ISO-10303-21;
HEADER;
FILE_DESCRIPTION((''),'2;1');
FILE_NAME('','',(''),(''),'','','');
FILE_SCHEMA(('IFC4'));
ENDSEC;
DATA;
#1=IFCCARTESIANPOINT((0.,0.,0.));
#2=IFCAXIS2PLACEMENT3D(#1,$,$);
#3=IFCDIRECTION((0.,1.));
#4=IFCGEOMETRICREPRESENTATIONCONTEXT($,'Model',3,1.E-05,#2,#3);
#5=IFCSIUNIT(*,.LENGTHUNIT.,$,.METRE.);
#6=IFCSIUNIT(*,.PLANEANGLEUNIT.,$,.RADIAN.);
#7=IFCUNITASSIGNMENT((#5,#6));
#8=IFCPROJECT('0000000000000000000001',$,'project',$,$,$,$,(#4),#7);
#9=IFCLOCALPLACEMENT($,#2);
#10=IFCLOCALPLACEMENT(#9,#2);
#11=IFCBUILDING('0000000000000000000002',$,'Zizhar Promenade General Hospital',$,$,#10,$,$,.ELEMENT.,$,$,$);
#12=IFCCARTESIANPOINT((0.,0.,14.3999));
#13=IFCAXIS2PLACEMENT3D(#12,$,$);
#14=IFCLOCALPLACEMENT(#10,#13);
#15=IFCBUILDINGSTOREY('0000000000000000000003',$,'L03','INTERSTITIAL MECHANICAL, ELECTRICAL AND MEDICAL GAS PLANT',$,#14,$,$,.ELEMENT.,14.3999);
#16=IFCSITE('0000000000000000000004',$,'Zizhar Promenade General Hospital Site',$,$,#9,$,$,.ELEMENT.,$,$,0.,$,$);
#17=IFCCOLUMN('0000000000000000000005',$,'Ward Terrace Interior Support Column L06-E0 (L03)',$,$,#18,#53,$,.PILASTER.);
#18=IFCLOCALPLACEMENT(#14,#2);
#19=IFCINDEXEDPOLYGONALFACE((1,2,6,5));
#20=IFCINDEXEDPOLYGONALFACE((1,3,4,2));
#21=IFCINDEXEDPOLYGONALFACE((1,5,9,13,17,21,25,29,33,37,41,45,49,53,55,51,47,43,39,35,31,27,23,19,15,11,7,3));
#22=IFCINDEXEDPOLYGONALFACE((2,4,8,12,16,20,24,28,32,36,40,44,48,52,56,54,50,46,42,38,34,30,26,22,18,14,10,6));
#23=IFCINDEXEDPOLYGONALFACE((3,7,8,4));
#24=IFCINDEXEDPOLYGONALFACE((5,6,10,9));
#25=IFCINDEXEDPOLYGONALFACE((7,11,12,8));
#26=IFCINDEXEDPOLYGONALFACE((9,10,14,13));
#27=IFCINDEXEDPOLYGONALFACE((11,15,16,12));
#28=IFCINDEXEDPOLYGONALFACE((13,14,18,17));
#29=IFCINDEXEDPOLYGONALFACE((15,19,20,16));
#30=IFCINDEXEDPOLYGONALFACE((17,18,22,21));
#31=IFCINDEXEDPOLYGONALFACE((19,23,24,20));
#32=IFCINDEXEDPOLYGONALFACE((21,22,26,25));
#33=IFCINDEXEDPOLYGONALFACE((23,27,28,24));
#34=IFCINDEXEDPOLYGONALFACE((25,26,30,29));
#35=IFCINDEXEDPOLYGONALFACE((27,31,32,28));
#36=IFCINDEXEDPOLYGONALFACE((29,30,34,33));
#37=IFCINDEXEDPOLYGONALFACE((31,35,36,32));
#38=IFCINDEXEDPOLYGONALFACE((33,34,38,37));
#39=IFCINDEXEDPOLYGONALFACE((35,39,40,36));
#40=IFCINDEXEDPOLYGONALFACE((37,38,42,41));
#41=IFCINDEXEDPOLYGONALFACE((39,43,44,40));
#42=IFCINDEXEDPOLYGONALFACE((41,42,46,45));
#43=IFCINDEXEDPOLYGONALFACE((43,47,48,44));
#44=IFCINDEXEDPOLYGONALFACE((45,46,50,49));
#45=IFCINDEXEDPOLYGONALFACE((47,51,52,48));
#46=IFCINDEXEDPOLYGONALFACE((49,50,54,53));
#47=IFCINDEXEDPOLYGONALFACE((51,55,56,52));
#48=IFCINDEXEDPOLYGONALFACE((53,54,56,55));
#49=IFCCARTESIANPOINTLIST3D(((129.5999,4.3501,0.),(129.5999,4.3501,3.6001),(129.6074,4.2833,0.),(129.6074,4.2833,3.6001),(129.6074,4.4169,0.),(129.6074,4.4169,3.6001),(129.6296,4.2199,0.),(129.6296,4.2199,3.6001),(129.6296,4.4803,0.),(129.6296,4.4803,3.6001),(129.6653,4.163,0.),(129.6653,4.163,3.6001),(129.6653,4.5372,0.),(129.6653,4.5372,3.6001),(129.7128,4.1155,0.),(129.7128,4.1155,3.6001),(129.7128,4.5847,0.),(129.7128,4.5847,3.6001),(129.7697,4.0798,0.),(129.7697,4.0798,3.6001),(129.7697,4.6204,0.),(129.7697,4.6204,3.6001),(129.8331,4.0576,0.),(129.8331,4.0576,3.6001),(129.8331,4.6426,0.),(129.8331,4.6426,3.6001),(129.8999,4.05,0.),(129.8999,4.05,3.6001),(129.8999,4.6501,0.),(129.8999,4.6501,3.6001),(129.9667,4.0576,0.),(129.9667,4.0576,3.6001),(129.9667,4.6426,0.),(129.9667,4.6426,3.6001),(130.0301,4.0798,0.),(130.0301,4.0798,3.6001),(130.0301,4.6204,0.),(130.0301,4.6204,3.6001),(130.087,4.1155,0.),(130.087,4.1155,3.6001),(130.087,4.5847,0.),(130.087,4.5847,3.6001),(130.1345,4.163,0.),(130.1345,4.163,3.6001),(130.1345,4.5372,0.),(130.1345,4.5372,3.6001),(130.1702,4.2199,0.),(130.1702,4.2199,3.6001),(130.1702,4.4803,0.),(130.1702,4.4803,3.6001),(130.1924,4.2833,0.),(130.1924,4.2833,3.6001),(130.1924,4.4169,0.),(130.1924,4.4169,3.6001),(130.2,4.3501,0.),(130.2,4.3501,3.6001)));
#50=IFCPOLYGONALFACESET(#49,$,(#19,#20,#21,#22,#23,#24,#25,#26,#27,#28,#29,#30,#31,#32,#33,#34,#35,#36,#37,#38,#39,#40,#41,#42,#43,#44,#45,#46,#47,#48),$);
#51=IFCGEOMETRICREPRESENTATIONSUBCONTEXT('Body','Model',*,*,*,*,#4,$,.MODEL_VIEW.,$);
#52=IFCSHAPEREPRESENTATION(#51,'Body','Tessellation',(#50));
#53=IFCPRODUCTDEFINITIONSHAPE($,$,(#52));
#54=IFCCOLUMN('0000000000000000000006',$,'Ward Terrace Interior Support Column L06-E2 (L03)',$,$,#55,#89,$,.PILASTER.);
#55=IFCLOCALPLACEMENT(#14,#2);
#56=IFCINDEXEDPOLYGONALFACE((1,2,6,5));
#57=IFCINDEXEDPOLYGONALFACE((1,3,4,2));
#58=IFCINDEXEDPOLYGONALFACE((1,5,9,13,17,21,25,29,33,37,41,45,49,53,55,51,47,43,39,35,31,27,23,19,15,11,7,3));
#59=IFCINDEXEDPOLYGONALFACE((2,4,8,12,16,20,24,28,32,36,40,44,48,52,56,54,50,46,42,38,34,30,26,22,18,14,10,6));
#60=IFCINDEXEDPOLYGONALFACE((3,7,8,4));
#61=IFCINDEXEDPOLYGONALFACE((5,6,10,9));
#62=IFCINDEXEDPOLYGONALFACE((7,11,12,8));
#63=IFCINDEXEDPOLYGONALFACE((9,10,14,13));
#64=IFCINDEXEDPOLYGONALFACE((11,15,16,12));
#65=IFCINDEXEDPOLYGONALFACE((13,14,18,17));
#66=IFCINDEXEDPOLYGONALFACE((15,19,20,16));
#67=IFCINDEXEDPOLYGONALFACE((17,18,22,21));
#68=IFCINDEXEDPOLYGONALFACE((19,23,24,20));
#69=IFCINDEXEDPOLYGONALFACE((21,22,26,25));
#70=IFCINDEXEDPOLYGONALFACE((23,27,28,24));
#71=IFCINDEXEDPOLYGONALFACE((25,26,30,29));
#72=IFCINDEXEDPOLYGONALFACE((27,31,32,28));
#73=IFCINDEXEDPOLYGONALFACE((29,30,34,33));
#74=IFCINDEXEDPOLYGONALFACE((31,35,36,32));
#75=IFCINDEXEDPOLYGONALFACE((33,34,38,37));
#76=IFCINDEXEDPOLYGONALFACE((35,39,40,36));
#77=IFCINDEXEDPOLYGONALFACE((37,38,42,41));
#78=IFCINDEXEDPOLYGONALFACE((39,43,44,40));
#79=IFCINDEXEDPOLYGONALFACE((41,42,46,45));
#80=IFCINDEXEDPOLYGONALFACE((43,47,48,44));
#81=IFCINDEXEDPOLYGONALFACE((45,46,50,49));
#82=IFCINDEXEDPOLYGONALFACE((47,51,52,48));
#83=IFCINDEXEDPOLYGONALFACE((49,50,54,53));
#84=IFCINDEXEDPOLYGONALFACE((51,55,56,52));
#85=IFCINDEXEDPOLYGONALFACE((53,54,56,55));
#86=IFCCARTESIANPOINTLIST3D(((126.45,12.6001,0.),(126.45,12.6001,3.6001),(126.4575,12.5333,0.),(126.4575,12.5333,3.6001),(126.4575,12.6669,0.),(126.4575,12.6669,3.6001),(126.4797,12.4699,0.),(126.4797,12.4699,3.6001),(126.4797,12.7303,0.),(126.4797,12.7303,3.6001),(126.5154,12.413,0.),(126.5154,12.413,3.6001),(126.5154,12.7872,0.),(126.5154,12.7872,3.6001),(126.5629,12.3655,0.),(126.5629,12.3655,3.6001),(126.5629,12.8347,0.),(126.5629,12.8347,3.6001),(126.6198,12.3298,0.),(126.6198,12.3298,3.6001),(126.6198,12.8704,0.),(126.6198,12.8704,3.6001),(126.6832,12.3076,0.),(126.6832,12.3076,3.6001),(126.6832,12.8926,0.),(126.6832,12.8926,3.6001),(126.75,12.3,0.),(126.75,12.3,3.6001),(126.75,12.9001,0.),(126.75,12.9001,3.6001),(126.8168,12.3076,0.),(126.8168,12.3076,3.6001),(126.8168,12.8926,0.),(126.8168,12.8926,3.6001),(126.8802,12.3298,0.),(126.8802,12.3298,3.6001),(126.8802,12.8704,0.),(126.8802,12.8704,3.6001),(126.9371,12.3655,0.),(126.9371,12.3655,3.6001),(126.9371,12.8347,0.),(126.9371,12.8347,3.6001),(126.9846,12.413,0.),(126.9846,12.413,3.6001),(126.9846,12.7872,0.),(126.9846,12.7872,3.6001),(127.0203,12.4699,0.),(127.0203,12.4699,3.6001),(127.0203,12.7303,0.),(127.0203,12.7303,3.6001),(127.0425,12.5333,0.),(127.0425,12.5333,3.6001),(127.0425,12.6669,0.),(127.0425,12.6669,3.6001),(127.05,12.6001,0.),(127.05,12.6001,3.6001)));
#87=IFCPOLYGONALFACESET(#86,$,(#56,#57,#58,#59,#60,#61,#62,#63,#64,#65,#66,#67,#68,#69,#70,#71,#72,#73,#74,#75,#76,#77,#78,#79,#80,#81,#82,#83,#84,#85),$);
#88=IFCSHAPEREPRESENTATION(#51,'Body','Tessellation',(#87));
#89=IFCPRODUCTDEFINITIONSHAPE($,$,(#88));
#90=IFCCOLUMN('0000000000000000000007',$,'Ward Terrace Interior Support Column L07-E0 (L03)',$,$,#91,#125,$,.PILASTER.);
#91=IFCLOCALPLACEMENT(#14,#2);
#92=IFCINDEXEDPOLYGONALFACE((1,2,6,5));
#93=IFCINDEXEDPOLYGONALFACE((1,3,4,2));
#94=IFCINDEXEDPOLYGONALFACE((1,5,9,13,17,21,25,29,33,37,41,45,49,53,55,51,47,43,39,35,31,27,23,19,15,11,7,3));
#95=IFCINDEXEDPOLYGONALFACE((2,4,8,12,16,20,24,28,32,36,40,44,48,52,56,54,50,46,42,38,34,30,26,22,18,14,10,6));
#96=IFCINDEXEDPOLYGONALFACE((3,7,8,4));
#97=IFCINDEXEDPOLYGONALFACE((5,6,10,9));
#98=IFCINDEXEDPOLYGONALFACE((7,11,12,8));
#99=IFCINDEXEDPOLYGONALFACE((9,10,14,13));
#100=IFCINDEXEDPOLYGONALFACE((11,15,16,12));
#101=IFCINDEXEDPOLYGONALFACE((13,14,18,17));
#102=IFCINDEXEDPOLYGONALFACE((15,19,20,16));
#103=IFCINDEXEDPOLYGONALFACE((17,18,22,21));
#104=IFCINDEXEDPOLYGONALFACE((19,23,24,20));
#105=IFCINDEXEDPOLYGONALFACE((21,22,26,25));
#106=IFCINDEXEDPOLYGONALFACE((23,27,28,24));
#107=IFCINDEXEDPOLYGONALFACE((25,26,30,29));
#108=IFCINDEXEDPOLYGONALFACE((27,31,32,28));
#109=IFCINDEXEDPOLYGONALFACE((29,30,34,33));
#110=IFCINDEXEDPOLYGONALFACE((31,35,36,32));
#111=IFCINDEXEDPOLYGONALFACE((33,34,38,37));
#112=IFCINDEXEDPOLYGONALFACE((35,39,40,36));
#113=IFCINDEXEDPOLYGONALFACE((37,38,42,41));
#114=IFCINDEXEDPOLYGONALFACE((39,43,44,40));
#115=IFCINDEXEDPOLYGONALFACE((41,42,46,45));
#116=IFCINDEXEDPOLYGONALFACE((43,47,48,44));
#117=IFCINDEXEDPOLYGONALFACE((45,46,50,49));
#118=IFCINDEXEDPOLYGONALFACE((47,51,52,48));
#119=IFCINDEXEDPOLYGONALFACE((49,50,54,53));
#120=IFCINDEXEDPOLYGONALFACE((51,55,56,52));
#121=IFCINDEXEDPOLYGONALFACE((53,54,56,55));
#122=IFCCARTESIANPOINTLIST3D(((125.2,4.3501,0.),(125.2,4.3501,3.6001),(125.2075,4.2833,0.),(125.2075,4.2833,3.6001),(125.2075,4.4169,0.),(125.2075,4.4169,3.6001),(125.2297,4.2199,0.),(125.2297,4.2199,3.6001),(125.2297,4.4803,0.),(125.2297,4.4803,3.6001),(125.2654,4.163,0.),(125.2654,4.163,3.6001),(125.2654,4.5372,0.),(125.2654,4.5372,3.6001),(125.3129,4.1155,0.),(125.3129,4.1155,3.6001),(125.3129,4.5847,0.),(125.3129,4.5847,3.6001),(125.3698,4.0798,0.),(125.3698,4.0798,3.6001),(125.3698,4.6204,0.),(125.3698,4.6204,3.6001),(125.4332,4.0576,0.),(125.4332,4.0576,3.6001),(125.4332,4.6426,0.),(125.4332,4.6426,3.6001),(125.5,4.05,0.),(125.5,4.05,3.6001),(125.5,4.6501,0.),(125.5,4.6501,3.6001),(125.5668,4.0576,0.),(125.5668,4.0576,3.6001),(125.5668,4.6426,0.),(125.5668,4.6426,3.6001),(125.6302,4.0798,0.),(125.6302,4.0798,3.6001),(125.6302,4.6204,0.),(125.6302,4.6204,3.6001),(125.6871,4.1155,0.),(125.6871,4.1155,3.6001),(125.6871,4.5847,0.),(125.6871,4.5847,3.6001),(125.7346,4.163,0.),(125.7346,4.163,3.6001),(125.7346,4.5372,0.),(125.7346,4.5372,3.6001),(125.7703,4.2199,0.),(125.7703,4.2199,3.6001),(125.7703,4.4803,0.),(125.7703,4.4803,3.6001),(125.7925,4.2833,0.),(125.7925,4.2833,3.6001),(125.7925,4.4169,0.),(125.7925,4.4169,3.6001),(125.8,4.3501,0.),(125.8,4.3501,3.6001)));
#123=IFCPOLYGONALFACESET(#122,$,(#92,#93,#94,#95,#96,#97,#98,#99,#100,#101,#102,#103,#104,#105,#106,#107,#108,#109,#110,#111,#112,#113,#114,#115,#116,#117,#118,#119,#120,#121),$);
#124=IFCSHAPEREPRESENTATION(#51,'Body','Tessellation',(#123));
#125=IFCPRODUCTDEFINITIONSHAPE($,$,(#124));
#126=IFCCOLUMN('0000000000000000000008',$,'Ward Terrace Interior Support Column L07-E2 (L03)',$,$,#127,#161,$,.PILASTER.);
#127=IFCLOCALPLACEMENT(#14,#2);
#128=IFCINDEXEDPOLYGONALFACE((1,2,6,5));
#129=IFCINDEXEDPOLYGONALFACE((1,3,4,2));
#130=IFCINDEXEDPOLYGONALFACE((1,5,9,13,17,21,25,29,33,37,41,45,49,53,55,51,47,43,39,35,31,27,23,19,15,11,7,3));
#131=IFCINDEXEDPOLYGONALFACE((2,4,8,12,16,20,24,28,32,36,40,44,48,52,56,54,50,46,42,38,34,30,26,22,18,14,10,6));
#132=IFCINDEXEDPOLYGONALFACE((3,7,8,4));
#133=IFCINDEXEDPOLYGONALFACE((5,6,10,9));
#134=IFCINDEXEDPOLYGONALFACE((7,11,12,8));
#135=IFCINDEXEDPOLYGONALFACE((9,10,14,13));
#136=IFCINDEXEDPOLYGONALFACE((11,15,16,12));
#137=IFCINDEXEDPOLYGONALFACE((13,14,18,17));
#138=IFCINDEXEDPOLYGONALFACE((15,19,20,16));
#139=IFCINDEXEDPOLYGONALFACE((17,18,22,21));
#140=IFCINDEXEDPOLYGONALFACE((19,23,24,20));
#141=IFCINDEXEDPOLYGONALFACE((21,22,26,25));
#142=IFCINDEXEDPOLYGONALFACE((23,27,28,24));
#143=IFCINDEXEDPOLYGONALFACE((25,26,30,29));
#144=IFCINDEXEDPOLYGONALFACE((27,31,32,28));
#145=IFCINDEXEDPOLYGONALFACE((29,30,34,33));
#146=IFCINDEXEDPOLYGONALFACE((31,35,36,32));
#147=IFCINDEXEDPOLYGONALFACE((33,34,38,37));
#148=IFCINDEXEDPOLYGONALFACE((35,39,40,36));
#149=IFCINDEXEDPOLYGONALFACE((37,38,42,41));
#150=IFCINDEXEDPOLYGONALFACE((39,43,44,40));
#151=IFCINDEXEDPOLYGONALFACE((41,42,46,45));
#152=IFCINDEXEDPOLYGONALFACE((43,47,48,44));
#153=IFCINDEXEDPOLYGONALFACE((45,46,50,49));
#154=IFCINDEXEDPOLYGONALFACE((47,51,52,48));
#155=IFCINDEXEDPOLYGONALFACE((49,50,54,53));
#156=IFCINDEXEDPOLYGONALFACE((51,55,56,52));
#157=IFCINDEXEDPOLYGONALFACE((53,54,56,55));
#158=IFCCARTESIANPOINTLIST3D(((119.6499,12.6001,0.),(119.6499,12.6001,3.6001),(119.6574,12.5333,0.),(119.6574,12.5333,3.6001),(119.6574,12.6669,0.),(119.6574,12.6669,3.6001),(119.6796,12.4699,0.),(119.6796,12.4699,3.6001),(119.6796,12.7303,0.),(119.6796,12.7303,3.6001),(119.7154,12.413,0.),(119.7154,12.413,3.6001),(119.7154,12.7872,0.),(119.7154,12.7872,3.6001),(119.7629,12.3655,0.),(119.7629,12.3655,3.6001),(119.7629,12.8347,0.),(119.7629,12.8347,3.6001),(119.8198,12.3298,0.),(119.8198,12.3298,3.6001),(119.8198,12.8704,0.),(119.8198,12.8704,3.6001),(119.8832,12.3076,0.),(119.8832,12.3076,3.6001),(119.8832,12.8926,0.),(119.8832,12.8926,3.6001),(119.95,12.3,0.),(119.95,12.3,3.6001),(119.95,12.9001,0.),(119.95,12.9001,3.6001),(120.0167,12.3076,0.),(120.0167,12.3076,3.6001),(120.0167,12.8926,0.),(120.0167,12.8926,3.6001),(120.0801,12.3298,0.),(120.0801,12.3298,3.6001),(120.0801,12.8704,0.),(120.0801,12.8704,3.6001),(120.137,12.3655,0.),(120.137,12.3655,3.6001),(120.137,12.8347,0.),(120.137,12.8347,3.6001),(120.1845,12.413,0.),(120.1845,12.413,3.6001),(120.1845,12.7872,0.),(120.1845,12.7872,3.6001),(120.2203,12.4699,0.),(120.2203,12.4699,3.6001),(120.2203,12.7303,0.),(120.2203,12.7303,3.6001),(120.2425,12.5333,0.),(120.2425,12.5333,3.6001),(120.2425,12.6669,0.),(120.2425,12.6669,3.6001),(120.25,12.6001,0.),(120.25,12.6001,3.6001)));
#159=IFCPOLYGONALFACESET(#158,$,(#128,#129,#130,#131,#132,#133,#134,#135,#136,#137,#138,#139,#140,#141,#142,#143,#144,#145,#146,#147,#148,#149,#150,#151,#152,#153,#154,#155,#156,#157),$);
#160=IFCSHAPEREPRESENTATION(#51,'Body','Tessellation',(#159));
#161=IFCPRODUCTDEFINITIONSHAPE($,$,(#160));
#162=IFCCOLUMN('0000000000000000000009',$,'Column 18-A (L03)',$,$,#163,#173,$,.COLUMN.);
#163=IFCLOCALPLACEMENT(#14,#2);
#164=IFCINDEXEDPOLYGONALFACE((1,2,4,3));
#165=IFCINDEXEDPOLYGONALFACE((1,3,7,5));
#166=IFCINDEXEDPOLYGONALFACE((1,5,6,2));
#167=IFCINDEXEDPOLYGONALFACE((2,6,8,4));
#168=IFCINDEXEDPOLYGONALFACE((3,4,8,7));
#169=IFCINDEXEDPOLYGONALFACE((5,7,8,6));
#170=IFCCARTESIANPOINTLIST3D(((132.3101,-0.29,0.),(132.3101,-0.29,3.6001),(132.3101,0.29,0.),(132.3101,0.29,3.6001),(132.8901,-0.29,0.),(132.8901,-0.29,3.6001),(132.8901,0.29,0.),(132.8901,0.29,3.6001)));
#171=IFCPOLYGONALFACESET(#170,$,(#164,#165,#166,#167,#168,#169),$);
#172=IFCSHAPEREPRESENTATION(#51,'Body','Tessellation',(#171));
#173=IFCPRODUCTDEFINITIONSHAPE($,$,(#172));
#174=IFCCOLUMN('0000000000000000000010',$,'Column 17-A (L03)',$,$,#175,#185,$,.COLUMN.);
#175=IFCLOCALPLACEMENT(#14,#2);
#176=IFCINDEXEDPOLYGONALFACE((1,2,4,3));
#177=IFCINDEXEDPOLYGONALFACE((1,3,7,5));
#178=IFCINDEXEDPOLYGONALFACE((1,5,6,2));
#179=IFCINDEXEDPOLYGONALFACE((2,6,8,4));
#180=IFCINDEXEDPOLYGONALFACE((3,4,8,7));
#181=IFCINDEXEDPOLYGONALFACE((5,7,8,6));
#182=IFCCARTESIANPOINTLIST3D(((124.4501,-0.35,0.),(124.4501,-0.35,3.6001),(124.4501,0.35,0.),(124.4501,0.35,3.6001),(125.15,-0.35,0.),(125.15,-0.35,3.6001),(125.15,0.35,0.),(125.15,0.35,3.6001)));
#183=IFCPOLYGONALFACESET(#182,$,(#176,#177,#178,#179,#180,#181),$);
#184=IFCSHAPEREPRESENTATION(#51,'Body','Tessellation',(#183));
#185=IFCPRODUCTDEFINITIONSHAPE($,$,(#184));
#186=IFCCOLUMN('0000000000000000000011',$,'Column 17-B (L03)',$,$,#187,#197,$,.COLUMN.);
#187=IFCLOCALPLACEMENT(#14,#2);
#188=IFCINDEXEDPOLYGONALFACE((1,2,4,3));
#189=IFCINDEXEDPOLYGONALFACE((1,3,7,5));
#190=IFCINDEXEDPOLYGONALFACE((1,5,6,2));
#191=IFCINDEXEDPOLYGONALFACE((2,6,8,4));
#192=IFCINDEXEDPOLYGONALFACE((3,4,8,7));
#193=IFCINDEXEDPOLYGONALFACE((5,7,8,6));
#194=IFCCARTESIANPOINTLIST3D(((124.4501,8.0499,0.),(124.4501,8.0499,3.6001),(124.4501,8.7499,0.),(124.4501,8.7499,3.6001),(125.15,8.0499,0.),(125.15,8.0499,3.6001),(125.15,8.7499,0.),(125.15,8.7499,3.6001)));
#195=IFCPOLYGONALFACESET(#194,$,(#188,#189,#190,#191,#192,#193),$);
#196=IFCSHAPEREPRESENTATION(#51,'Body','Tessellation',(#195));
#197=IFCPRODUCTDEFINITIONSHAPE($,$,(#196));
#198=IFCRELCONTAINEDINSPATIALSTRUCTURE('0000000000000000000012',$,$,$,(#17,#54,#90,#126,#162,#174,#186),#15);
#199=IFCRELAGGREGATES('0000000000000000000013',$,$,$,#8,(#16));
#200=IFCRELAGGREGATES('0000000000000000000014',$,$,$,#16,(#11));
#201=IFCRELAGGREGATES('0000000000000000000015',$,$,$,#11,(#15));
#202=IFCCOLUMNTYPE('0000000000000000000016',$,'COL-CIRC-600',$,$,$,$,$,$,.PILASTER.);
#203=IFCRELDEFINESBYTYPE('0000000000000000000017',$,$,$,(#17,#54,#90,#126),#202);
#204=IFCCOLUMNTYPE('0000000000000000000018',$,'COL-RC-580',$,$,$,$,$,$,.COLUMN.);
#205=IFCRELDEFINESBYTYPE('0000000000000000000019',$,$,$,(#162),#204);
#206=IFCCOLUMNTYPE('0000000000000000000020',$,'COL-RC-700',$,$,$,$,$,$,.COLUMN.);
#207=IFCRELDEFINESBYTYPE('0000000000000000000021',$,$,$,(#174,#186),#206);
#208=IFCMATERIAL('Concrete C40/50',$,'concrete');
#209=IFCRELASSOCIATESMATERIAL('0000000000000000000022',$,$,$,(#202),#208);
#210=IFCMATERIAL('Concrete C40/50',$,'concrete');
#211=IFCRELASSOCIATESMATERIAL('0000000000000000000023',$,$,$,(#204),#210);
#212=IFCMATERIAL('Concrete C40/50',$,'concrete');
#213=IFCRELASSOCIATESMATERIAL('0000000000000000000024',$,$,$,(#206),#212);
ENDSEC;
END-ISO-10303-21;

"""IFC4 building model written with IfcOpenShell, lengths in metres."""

from ifc_helpers import new_model, si_unit, direction, frame, origin, origin_2d, place, context, subcontext, project, spatial, rectangle, circle, extrude, material, material_profile, profile_set, type_object, element, save


model = new_model("IFC4")

# Units and contexts
model_context = context("Model", 3, precision=1e-05, world=origin(), true_north=direction((0.0, 1.0)))
body_context = subcontext(model_context, "Body", "Model", "MODEL_VIEW")
ifc_project = project(units=[si_unit("LENGTHUNIT", "METRE"), si_unit("PLANEANGLEUNIT", "RADIAN")], contexts=[model_context])

# Site, building, storey
site_placement = place(None, origin())
site = spatial("IfcSite", under=ifc_project, at=site_placement, Name="Zizhar Promenade General Hospital Site", CompositionType="ELEMENT", RefElevation=0.0)
building_placement = place(site_placement, origin())
building = spatial("IfcBuilding", under=site, at=building_placement, Name="Zizhar Promenade General Hospital", CompositionType="ELEMENT")
storey_placement = place(building_placement, frame((0.0, 0.0, 14.3999)))
storey = spatial("IfcBuildingStorey", under=building, at=storey_placement, Name="L03", Description="INTERSTITIAL MECHANICAL, ELECTRICAL AND MEDICAL GAS PLANT", CompositionType="ELEMENT", Elevation=14.3999)

# Columns
ifc_material_1 = material(Name="Concrete C40/50", Category="concrete")
ifc_material_profile_1 = material_profile(ifc_material_1, circle(Radius=0.3, at=origin_2d()))
ifc_profile_set_1 = profile_set([ifc_material_profile_1], Name="Concrete C40/50")
column_type_1 = type_object("IfcColumnType", Name="COL-CIRC-600", PredefinedType="PILASTER", material=ifc_profile_set_1)
for number, where, z_axis, x_axis, name in (
    (1, (129.8999, 4.3501, 0.0), (0.0, 0.0, 1.0), (1.0, 0.0, 0.0), "Ward Terrace Interior Support Column L06-E0 (L03)"),
    (2, (126.75, 12.6001, 0.0), (0.0, 0.0, 1.0), (1.0, 0.0, 0.0), "Ward Terrace Interior Support Column L06-E2 (L03)"),
    (3, (125.5, 4.3501, 0.0), (0.0, 0.0, 1.0), (1.0, 0.0, 0.0), "Ward Terrace Interior Support Column L07-E0 (L03)"),
    (4, (119.95, 12.6001, 0.0), (0.0, 0.0, 1.0), (1.0, 0.0, 0.0), "Ward Terrace Interior Support Column L07-E2 (L03)"),
):
    element("IfcColumn", number, at=place(storey_placement, frame(where, z_axis=z_axis, x_axis=x_axis)), inside=storey, type_object=column_type_1, Name=name, PredefinedType="PILASTER", context=body_context, shape_type="SweptSolid", body=[
        extrude(circle(Radius=0.3, at=origin_2d()), origin(), (0.0, 0.0, 1.0), 3.6001),
    ])
ifc_material_2 = material(Name="Concrete C40/50", Category="concrete")
ifc_material_profile_2 = material_profile(ifc_material_2, rectangle(XDim=0.5801, YDim=0.5801, at=origin_2d()))
ifc_profile_set_2 = profile_set([ifc_material_profile_2], Name="Concrete C40/50")
column_type_2 = type_object("IfcColumnType", Name="COL-RC-580", PredefinedType="COLUMN", material=ifc_profile_set_2)
column_placement = place(storey_placement, frame((132.6001, 0.0, 0.0), z_axis=(0.0, 0.0, 1.0), x_axis=(1.0, 0.0, 0.0)))
element("IfcColumn", 5, at=column_placement, inside=storey, type_object=column_type_2, Name="Column 18-A (L03)", PredefinedType="COLUMN", context=body_context, shape_type="SweptSolid", body=[
    extrude(rectangle(XDim=0.5801, YDim=0.5801, at=origin_2d()), origin(), (0.0, 0.0, 1.0), 3.6001),
])
ifc_material_3 = material(Name="Concrete C40/50", Category="concrete")
ifc_material_profile_3 = material_profile(ifc_material_3, rectangle(XDim=0.7, YDim=0.7, at=origin_2d()))
ifc_profile_set_3 = profile_set([ifc_material_profile_3], Name="Concrete C40/50")
column_type_3 = type_object("IfcColumnType", Name="COL-RC-700", PredefinedType="COLUMN", material=ifc_profile_set_3)
for number, where, z_axis, x_axis, name in (
    (6, (124.8, 0.0, 0.0), (0.0, 0.0, 1.0), (1.0, 0.0, 0.0), "Column 17-A (L03)"),
    (7, (124.8, 8.3999, 0.0), (0.0, 0.0, 1.0), (1.0, 0.0, 0.0), "Column 17-B (L03)"),
):
    element("IfcColumn", number, at=place(storey_placement, frame(where, z_axis=z_axis, x_axis=x_axis)), inside=storey, type_object=column_type_3, Name=name, PredefinedType="COLUMN", context=body_context, shape_type="SweptSolid", body=[
        extrude(rectangle(XDim=0.7, YDim=0.7, at=origin_2d()), origin(), (0.0, 0.0, 1.0), 3.6001),
    ])

save(model, "model.ifc")
